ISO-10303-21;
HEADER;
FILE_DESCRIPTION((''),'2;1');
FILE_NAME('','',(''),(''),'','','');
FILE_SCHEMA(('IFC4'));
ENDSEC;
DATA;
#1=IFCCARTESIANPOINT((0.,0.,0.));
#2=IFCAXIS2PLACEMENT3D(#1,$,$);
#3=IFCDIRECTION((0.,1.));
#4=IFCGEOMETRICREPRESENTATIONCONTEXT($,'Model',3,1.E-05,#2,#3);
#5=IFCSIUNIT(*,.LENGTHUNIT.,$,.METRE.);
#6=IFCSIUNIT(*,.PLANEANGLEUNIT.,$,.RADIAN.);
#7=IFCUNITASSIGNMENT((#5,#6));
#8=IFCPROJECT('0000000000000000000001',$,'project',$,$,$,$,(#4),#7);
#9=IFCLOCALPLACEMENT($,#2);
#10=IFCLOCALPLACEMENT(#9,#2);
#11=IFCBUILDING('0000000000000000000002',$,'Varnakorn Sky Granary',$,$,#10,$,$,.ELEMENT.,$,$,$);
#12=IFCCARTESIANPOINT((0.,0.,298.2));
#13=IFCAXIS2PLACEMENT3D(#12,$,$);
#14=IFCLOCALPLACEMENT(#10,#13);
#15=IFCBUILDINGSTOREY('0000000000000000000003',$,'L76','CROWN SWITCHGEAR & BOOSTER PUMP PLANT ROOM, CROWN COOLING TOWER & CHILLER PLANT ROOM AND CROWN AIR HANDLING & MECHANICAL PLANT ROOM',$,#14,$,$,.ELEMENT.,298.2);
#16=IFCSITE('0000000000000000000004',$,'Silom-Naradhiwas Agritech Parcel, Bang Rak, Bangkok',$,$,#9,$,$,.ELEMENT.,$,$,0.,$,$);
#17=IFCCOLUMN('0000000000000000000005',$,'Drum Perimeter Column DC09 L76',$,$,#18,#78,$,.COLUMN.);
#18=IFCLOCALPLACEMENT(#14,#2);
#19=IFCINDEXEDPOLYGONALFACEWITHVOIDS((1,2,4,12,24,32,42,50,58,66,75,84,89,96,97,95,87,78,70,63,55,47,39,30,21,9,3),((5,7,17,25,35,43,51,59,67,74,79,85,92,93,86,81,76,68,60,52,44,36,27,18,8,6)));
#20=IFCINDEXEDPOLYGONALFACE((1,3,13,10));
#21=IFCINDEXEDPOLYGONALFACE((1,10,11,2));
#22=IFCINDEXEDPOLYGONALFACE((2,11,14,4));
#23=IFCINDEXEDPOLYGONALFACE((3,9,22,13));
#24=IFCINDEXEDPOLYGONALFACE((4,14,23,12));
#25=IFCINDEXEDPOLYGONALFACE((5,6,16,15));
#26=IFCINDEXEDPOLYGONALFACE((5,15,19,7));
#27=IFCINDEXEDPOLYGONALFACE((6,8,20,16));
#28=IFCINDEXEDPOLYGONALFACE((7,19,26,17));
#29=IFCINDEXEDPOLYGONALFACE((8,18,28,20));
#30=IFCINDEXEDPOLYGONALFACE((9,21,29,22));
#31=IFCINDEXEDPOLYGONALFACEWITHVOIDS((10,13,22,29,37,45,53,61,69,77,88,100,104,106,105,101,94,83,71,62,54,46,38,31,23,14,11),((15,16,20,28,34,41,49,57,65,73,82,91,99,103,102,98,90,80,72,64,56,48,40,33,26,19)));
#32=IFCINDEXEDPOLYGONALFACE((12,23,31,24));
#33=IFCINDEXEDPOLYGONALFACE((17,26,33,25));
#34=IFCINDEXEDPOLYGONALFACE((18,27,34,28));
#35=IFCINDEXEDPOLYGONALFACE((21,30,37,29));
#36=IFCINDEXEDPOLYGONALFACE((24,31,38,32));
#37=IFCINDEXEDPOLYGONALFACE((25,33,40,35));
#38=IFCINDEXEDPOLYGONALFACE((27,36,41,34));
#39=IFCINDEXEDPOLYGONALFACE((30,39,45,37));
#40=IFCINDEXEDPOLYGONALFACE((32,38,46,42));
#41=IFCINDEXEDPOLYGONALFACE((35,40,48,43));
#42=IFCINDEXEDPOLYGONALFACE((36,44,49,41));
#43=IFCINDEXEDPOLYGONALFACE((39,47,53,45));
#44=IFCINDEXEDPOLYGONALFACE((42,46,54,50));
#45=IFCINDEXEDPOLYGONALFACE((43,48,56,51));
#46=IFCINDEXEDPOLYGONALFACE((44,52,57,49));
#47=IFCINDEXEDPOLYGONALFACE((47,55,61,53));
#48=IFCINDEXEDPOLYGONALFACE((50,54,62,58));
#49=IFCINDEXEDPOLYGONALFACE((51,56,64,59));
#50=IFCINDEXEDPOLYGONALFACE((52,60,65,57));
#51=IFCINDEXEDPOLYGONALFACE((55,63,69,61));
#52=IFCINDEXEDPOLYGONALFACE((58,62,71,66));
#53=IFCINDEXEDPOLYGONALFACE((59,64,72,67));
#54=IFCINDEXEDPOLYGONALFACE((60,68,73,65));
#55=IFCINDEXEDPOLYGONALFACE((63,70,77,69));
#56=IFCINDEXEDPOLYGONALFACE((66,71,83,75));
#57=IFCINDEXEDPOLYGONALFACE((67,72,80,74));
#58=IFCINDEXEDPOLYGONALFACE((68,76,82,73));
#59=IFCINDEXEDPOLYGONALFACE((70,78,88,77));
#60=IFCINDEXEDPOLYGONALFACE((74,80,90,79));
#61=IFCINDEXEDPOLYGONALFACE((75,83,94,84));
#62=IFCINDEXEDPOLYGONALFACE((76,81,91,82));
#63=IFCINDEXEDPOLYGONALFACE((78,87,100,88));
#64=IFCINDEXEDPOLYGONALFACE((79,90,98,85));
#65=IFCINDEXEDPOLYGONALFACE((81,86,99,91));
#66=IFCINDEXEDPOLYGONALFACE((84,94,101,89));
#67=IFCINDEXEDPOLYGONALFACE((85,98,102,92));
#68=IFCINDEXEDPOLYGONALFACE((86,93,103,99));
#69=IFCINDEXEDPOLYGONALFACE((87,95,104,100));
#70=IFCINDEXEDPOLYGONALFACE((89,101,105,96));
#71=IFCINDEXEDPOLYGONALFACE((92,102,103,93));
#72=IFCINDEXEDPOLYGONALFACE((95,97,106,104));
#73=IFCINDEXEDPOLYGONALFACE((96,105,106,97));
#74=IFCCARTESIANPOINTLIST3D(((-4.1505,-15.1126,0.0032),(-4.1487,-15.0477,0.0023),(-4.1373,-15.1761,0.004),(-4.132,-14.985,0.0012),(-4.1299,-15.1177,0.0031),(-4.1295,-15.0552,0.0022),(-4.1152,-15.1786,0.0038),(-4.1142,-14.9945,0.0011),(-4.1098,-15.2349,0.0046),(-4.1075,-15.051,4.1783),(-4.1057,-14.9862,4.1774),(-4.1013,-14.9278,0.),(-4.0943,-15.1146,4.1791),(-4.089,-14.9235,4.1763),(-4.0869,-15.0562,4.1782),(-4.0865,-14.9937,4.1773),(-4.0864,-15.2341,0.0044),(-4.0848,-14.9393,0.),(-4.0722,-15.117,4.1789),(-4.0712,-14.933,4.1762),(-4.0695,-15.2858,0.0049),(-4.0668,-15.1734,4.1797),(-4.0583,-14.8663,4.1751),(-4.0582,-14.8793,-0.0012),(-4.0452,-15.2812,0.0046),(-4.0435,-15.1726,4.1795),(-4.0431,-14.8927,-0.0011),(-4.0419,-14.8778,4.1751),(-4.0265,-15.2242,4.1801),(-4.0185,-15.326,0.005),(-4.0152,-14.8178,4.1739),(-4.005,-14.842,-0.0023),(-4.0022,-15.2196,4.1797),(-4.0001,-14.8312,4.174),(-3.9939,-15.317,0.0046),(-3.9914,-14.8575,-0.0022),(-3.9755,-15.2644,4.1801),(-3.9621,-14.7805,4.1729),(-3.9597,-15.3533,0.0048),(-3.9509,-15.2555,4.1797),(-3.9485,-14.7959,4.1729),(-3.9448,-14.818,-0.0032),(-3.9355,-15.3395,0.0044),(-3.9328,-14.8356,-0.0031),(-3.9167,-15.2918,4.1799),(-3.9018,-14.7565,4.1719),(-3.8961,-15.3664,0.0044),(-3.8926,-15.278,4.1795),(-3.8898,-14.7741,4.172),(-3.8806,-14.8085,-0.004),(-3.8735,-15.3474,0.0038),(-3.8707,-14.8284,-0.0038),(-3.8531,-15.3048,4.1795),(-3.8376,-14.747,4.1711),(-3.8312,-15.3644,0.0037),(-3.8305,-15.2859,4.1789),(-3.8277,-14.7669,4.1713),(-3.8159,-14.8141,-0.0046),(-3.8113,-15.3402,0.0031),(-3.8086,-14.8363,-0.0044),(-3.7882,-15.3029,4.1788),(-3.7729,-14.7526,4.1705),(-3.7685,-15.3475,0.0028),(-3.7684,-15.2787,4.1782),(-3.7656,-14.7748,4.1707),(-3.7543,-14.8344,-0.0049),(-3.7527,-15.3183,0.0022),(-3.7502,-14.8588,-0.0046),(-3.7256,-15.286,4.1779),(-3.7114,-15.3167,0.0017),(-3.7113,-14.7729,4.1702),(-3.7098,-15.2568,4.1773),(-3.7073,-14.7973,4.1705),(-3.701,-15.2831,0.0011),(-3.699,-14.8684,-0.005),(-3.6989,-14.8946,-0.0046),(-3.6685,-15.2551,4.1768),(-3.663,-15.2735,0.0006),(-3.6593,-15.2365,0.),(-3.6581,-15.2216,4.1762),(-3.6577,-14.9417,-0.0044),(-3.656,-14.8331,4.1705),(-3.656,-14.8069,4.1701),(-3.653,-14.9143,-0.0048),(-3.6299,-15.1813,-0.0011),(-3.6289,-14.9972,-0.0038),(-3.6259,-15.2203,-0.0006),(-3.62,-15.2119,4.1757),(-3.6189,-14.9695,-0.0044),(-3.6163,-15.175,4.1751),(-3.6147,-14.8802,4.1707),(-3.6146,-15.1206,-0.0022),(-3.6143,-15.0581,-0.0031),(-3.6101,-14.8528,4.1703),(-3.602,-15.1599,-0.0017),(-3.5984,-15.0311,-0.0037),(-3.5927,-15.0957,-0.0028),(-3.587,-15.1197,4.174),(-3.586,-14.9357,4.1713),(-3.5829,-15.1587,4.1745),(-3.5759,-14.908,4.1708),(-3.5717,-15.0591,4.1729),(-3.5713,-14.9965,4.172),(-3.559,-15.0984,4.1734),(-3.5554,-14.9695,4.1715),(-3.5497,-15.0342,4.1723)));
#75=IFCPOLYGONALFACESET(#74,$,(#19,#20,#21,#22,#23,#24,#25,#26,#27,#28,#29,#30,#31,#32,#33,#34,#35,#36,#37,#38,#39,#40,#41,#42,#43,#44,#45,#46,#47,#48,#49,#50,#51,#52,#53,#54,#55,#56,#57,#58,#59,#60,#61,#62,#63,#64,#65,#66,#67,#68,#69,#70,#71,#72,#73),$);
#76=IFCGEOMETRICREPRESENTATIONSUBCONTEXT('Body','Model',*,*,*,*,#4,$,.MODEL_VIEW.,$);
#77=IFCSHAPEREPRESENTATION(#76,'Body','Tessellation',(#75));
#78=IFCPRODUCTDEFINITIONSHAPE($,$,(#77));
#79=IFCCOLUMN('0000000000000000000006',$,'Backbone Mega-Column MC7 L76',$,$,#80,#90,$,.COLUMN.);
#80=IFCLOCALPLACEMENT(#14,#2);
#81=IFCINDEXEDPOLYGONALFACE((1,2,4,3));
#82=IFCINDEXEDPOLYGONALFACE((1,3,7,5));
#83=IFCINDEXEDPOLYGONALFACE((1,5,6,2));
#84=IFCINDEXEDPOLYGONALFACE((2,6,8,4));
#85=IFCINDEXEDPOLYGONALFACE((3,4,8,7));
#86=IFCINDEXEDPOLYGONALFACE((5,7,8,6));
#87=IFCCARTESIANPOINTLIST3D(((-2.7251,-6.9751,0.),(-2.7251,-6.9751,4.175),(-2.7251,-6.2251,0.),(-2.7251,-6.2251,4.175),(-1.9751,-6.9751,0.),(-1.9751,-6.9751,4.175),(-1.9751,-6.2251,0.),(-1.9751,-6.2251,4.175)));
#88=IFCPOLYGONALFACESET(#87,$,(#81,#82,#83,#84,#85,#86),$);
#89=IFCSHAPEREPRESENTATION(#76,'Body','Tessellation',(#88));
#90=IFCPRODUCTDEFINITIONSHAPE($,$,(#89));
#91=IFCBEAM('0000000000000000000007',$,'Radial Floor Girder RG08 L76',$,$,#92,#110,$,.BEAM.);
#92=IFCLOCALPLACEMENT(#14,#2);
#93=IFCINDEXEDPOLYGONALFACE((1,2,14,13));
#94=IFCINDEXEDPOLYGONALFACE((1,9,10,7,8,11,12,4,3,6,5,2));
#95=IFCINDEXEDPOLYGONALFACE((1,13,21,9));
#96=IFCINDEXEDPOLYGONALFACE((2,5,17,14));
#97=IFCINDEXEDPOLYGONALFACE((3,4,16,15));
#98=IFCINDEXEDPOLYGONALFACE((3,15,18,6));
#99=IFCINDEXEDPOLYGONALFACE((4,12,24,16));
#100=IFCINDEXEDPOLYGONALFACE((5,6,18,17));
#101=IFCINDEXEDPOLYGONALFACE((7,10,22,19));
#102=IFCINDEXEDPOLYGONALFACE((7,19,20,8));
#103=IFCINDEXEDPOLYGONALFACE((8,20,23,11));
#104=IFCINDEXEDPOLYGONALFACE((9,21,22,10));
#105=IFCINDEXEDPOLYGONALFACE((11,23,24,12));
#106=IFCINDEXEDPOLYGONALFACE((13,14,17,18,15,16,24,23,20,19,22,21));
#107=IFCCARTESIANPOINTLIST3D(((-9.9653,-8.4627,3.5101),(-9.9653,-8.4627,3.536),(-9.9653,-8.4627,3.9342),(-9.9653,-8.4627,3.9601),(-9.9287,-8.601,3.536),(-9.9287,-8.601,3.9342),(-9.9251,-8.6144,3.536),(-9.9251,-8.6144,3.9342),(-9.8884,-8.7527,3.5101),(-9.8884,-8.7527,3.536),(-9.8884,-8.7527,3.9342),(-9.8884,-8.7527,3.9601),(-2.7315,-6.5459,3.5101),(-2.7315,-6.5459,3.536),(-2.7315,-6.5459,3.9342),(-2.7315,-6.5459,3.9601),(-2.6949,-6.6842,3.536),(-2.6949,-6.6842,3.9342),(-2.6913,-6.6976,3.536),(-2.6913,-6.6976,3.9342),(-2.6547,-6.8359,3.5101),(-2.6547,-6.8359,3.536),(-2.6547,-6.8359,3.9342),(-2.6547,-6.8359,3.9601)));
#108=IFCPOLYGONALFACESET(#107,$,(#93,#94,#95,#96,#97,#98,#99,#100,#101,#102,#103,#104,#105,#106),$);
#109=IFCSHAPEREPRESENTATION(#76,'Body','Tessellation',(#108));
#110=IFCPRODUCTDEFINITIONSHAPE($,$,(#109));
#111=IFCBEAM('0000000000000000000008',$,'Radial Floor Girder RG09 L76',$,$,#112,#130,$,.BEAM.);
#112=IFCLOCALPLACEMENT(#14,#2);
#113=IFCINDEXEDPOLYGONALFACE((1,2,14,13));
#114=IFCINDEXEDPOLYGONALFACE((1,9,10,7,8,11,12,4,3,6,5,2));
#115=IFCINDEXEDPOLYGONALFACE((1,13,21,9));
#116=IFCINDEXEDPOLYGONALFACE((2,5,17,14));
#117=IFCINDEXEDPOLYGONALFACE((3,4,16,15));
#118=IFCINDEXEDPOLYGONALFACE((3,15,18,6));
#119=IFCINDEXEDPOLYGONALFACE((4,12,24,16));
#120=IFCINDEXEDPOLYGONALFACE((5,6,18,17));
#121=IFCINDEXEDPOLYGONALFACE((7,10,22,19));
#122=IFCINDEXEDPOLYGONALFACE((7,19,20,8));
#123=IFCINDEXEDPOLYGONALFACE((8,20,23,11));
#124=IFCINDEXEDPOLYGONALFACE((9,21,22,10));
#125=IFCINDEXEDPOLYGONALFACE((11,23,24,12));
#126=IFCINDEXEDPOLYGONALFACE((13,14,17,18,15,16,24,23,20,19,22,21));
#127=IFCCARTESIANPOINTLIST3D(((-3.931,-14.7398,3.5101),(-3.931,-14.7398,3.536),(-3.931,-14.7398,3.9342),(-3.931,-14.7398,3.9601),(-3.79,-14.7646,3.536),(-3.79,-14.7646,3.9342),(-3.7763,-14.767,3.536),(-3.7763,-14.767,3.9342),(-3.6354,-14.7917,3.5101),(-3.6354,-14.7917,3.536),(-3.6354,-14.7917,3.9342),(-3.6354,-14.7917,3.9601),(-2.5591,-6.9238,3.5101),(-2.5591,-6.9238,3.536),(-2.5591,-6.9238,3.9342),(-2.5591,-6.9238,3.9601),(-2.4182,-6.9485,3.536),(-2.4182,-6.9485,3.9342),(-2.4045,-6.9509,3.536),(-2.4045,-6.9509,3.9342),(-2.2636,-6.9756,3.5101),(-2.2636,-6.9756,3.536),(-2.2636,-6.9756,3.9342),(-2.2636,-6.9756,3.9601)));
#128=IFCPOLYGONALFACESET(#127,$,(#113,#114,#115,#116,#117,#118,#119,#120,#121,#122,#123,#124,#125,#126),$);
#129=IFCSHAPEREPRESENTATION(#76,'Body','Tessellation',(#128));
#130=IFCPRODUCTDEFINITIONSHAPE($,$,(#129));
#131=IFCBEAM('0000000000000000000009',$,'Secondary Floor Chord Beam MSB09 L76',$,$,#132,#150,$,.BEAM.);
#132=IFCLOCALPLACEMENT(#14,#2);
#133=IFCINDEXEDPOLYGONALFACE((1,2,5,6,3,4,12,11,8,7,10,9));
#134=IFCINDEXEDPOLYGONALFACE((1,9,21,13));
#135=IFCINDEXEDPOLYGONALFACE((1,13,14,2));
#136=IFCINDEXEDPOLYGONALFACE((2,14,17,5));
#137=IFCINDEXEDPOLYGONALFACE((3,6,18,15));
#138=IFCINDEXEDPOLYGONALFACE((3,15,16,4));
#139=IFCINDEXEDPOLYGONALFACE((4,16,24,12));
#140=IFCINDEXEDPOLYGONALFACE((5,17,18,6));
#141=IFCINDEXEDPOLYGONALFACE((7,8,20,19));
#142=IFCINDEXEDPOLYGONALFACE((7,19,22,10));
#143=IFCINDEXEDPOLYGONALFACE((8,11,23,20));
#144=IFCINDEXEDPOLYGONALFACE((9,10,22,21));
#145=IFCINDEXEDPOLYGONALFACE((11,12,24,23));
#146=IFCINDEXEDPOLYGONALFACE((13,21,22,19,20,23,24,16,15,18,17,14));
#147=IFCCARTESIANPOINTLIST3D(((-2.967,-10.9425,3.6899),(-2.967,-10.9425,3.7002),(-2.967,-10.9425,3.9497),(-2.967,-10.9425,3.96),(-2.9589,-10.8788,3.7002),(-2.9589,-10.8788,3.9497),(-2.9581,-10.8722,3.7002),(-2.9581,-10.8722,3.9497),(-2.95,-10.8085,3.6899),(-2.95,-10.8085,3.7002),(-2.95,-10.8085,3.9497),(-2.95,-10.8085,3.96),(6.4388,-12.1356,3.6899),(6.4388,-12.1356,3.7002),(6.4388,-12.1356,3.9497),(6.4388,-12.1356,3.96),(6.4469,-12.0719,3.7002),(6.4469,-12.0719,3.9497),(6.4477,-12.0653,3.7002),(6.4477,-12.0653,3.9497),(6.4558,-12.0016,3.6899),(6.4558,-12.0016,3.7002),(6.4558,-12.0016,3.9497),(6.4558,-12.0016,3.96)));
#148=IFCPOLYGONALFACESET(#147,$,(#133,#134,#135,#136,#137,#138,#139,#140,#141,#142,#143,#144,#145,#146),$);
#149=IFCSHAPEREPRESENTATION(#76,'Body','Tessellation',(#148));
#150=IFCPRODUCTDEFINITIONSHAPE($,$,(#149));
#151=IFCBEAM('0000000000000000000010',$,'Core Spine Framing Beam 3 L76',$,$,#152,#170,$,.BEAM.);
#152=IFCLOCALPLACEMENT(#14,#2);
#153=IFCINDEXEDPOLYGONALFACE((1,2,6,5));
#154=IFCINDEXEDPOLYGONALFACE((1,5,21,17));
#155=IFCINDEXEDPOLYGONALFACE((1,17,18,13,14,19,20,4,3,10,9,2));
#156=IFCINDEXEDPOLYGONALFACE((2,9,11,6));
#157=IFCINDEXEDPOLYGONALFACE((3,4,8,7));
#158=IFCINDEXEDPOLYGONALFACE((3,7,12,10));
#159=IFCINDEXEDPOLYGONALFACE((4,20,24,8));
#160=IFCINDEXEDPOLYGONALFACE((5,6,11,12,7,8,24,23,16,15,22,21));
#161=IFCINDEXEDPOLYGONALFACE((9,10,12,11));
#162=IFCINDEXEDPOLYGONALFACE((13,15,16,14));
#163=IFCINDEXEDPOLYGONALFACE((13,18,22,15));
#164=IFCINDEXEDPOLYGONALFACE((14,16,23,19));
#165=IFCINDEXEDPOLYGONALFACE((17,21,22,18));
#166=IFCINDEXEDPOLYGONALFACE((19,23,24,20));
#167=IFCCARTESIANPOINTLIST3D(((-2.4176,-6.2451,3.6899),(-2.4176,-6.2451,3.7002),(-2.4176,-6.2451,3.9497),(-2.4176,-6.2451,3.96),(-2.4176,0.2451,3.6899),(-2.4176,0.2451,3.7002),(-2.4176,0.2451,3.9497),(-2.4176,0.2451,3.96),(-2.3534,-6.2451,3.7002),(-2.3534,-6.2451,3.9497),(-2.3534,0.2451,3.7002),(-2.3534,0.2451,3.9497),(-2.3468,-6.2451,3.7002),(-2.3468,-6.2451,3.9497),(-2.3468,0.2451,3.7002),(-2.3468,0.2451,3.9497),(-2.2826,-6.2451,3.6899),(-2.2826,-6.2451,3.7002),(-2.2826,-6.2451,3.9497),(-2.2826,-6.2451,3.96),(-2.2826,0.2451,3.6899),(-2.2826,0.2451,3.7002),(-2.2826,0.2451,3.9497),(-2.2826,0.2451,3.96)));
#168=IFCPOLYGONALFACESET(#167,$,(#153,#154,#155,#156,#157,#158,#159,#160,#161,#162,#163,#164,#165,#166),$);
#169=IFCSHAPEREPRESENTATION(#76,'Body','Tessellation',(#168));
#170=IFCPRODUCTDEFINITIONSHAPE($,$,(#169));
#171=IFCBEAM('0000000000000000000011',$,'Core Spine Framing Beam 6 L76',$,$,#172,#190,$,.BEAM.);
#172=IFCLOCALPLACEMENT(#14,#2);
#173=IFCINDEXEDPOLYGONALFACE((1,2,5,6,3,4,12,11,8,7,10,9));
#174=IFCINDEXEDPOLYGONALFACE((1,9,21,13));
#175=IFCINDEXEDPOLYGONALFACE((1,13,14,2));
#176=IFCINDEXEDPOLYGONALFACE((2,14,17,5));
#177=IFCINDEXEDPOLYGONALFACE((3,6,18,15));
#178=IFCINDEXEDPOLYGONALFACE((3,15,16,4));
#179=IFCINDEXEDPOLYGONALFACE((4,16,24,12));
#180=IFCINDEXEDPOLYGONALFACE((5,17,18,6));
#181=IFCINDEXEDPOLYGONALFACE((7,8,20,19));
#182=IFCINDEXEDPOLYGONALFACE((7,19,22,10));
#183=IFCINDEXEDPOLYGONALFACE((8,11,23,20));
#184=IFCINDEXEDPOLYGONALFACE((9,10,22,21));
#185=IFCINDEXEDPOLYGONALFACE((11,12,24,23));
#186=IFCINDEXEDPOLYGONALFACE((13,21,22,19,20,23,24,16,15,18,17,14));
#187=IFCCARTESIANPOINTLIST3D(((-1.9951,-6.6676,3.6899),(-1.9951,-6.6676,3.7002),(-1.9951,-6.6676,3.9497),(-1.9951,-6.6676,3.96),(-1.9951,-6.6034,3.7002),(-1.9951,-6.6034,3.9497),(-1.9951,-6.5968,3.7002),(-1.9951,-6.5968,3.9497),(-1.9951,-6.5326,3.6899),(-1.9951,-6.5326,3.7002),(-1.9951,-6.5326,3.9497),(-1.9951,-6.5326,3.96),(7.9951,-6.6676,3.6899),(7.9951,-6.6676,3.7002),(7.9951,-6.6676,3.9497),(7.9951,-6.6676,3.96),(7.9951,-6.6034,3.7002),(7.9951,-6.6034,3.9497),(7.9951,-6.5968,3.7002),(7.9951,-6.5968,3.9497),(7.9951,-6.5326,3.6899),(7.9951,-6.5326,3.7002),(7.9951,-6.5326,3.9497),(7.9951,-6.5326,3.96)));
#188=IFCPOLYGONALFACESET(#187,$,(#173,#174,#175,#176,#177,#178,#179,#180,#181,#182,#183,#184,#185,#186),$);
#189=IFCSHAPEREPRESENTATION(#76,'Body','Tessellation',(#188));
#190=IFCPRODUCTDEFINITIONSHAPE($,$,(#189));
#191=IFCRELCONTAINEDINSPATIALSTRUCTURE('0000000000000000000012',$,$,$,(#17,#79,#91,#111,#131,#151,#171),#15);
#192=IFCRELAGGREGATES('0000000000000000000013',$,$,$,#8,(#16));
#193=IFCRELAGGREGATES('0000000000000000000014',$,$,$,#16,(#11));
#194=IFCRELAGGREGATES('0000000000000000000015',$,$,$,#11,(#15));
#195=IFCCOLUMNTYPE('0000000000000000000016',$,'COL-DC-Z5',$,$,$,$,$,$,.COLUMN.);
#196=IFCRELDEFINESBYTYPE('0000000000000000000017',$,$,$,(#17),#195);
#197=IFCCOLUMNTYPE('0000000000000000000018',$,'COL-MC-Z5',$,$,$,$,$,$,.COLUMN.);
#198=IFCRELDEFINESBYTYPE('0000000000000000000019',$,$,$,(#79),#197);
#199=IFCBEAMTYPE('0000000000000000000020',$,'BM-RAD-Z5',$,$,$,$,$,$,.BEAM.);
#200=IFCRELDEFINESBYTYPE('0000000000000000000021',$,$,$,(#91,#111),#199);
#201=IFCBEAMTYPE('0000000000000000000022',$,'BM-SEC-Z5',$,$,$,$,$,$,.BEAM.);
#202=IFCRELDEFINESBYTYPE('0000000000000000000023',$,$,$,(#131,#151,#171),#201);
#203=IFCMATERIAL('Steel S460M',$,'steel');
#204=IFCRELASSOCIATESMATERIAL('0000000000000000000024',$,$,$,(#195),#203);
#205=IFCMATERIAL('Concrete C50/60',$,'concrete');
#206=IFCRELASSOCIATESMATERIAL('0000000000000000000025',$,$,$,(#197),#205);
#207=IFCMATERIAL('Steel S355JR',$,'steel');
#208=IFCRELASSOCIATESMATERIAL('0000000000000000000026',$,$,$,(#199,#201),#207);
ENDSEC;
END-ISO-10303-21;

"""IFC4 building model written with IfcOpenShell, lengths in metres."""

from ifc_helpers import new_model, si_unit, direction, frame, origin, origin_2d, place, context, subcontext, project, spatial, rectangle, hollow_circle, i_section, extrude, material, material_profile, profile_set, type_object, element, save


model = new_model("IFC4")

# Units and contexts
model_context = context("Model", 3, precision=1e-05, world=origin(), true_north=direction((0.0, 1.0)))
body_context = subcontext(model_context, "Body", "Model", "MODEL_VIEW")
ifc_project = project(units=[si_unit("LENGTHUNIT", "METRE"), si_unit("PLANEANGLEUNIT", "RADIAN")], contexts=[model_context])

# Site, building, storey
site_placement = place(None, origin())
site = spatial("IfcSite", under=ifc_project, at=site_placement, Name="Silom-Naradhiwas Agritech Parcel, Bang Rak, Bangkok", CompositionType="ELEMENT", RefElevation=0.0)
building_placement = place(site_placement, origin())
building = spatial("IfcBuilding", under=site, at=building_placement, Name="Varnakorn Sky Granary", CompositionType="ELEMENT")
storey_placement = place(building_placement, frame((0.0, 0.0, 298.2)))
storey = spatial("IfcBuildingStorey", under=building, at=storey_placement, Name="L76", Description="CROWN SWITCHGEAR & BOOSTER PUMP PLANT ROOM, CROWN COOLING TOWER & CHILLER PLANT ROOM AND CROWN AIR HANDLING & MECHANICAL PLANT ROOM", CompositionType="ELEMENT", Elevation=298.2)

# Columns
ifc_material_1 = material(Name="Steel S460M", Category="steel")
ifc_material_profile_1 = material_profile(ifc_material_1, hollow_circle(Radius=0.2795, WallThickness=0.02, at=origin_2d()), Name="CHS 559x20")
ifc_profile_set_1 = profile_set([ifc_material_profile_1], Name="Steel S460M")
column_type_1 = type_object("IfcColumnType", Name="COL-DC-Z5", PredefinedType="COLUMN", material=ifc_profile_set_1)
column_1_placement = place(storey_placement, frame((-3.8721, -15.0879, 0.0), z_axis=(0.01029, 0.014734, 0.999839), x_axis=(-0.819843, 0.572589, 0.0)))
element("IfcColumn", 1, at=column_1_placement, inside=storey, type_object=column_type_1, Name="Drum Perimeter Column DC09 L76", PredefinedType="COLUMN", context=body_context, shape_type="SweptSolid", body=[
    extrude(hollow_circle(Radius=0.2795, WallThickness=0.02, at=origin_2d()), origin(), (0.0, 0.0, 1.0), 4.1758),
])
ifc_material_2 = material(Name="Concrete C50/60", Category="concrete")
ifc_material_profile_2 = material_profile(ifc_material_2, rectangle(XDim=0.75, YDim=0.75, at=origin_2d()), Name="RC 750x750")
ifc_profile_set_2 = profile_set([ifc_material_profile_2], Name="Concrete C50/60")
column_type_2 = type_object("IfcColumnType", Name="COL-MC-Z5", PredefinedType="COLUMN", material=ifc_profile_set_2)
column_2_placement = place(storey_placement, frame((-2.3501, -6.6001, 0.0), z_axis=(0.0, 0.0, 1.0), x_axis=(1.0, 0.0, 0.0)))
element("IfcColumn", 2, at=column_2_placement, inside=storey, type_object=column_type_2, Name="Backbone Mega-Column MC7 L76", PredefinedType="COLUMN", context=body_context, shape_type="SweptSolid", body=[
    extrude(rectangle(XDim=0.75, YDim=0.75, at=origin_2d()), origin(), (0.0, 0.0, 1.0), 4.175),
])

# Beams
ifc_material_3 = material(Name="Steel S355JR", Category="steel")
ifc_material_profile_3 = material_profile(ifc_material_3, i_section(OverallWidth=0.3, OverallDepth=0.45, WebThickness=0.0139, FlangeThickness=0.0259, at=origin_2d()), Name="HE 450 B")
ifc_profile_set_3 = profile_set([ifc_material_profile_3], Name="Steel S355JR")
beam_type_1 = type_object("IfcBeamType", Name="BM-RAD-Z5", PredefinedType="BEAM", material=ifc_profile_set_3)
beam_1_placement = place(storey_placement, frame((-2.6931, -6.6909, 3.7351), z_axis=(-0.96664, -0.256137, 0.0), x_axis=(0.256137, -0.96664, 0.0)))
element("IfcBeam", 3, at=beam_1_placement, inside=storey, type_object=beam_type_1, Name="Radial Floor Girder RG08 L76", PredefinedType="BEAM", context=body_context, shape_type="SweptSolid", body=[
    extrude(i_section(OverallWidth=0.3, OverallDepth=0.45, WebThickness=0.0139, FlangeThickness=0.0259, at=origin_2d()), origin(), (0.0, 0.0, 1.0), 7.4834),
])
beam_2_placement = place(storey_placement, frame((-2.4114, -6.9497, 3.7351), z_axis=(-0.172869, -0.984945, 0.0), x_axis=(0.984945, -0.172869, 0.0)))
element("IfcBeam", 4, at=beam_2_placement, inside=storey, type_object=beam_type_1, Name="Radial Floor Girder RG09 L76", PredefinedType="BEAM", context=body_context, shape_type="SweptSolid", body=[
    extrude(i_section(OverallWidth=0.3, OverallDepth=0.45, WebThickness=0.0139, FlangeThickness=0.0259, at=origin_2d()), origin(), (0.0, 0.0, 1.0), 7.9355),
])
ifc_material_profile_4 = material_profile(ifc_material_3, i_section(OverallWidth=0.135, OverallDepth=0.27, WebThickness=0.0066, FlangeThickness=0.0103, at=origin_2d()), Name="IPE 270")
ifc_profile_set_4 = profile_set([ifc_material_profile_4], Name="Steel S355JR")
beam_type_2 = type_object("IfcBeamType", Name="BM-SEC-Z5", PredefinedType="BEAM", material=ifc_profile_set_4)
beam_3_placement = place(storey_placement, frame((-2.9585, -10.8755, 3.825), z_axis=(0.99205, -0.125841, 0.0), x_axis=(0.125841, 0.99205, 0.0)))
element("IfcBeam", 5, at=beam_3_placement, inside=storey, type_object=beam_type_2, Name="Secondary Floor Chord Beam MSB09 L76", PredefinedType="BEAM", context=body_context, shape_type="SweptSolid", body=[
    extrude(i_section(OverallWidth=0.135, OverallDepth=0.27, WebThickness=0.0066, FlangeThickness=0.0103, at=origin_2d()), origin(), (0.0, 0.0, 1.0), 9.4812),
])
beam_4_placement = place(storey_placement, frame((-2.3501, 0.2451, 3.825), z_axis=(0.0, -1.0, 0.0), x_axis=(1.0, 0.0, 0.0)))
element("IfcBeam", 6, at=beam_4_placement, inside=storey, type_object=beam_type_2, Name="Core Spine Framing Beam 3 L76", PredefinedType="BEAM", context=body_context, shape_type="SweptSolid", body=[
    extrude(i_section(OverallWidth=0.135, OverallDepth=0.27, WebThickness=0.0066, FlangeThickness=0.0103, at=origin_2d()), origin(), (0.0, 0.0, 1.0), 6.4902),
])
beam_5_placement = place(storey_placement, frame((-1.9951, -6.6001, 3.825), z_axis=(1.0, 0.0, 0.0), x_axis=(0.0, 1.0, 0.0)))
element("IfcBeam", 7, at=beam_5_placement, inside=storey, type_object=beam_type_2, Name="Core Spine Framing Beam 6 L76", PredefinedType="BEAM", context=body_context, shape_type="SweptSolid", body=[
    extrude(i_section(OverallWidth=0.135, OverallDepth=0.27, WebThickness=0.0066, FlangeThickness=0.0103, at=origin_2d()), origin(), (0.0, 0.0, 1.0), 9.9902),
])

save(model, "model.ifc")
